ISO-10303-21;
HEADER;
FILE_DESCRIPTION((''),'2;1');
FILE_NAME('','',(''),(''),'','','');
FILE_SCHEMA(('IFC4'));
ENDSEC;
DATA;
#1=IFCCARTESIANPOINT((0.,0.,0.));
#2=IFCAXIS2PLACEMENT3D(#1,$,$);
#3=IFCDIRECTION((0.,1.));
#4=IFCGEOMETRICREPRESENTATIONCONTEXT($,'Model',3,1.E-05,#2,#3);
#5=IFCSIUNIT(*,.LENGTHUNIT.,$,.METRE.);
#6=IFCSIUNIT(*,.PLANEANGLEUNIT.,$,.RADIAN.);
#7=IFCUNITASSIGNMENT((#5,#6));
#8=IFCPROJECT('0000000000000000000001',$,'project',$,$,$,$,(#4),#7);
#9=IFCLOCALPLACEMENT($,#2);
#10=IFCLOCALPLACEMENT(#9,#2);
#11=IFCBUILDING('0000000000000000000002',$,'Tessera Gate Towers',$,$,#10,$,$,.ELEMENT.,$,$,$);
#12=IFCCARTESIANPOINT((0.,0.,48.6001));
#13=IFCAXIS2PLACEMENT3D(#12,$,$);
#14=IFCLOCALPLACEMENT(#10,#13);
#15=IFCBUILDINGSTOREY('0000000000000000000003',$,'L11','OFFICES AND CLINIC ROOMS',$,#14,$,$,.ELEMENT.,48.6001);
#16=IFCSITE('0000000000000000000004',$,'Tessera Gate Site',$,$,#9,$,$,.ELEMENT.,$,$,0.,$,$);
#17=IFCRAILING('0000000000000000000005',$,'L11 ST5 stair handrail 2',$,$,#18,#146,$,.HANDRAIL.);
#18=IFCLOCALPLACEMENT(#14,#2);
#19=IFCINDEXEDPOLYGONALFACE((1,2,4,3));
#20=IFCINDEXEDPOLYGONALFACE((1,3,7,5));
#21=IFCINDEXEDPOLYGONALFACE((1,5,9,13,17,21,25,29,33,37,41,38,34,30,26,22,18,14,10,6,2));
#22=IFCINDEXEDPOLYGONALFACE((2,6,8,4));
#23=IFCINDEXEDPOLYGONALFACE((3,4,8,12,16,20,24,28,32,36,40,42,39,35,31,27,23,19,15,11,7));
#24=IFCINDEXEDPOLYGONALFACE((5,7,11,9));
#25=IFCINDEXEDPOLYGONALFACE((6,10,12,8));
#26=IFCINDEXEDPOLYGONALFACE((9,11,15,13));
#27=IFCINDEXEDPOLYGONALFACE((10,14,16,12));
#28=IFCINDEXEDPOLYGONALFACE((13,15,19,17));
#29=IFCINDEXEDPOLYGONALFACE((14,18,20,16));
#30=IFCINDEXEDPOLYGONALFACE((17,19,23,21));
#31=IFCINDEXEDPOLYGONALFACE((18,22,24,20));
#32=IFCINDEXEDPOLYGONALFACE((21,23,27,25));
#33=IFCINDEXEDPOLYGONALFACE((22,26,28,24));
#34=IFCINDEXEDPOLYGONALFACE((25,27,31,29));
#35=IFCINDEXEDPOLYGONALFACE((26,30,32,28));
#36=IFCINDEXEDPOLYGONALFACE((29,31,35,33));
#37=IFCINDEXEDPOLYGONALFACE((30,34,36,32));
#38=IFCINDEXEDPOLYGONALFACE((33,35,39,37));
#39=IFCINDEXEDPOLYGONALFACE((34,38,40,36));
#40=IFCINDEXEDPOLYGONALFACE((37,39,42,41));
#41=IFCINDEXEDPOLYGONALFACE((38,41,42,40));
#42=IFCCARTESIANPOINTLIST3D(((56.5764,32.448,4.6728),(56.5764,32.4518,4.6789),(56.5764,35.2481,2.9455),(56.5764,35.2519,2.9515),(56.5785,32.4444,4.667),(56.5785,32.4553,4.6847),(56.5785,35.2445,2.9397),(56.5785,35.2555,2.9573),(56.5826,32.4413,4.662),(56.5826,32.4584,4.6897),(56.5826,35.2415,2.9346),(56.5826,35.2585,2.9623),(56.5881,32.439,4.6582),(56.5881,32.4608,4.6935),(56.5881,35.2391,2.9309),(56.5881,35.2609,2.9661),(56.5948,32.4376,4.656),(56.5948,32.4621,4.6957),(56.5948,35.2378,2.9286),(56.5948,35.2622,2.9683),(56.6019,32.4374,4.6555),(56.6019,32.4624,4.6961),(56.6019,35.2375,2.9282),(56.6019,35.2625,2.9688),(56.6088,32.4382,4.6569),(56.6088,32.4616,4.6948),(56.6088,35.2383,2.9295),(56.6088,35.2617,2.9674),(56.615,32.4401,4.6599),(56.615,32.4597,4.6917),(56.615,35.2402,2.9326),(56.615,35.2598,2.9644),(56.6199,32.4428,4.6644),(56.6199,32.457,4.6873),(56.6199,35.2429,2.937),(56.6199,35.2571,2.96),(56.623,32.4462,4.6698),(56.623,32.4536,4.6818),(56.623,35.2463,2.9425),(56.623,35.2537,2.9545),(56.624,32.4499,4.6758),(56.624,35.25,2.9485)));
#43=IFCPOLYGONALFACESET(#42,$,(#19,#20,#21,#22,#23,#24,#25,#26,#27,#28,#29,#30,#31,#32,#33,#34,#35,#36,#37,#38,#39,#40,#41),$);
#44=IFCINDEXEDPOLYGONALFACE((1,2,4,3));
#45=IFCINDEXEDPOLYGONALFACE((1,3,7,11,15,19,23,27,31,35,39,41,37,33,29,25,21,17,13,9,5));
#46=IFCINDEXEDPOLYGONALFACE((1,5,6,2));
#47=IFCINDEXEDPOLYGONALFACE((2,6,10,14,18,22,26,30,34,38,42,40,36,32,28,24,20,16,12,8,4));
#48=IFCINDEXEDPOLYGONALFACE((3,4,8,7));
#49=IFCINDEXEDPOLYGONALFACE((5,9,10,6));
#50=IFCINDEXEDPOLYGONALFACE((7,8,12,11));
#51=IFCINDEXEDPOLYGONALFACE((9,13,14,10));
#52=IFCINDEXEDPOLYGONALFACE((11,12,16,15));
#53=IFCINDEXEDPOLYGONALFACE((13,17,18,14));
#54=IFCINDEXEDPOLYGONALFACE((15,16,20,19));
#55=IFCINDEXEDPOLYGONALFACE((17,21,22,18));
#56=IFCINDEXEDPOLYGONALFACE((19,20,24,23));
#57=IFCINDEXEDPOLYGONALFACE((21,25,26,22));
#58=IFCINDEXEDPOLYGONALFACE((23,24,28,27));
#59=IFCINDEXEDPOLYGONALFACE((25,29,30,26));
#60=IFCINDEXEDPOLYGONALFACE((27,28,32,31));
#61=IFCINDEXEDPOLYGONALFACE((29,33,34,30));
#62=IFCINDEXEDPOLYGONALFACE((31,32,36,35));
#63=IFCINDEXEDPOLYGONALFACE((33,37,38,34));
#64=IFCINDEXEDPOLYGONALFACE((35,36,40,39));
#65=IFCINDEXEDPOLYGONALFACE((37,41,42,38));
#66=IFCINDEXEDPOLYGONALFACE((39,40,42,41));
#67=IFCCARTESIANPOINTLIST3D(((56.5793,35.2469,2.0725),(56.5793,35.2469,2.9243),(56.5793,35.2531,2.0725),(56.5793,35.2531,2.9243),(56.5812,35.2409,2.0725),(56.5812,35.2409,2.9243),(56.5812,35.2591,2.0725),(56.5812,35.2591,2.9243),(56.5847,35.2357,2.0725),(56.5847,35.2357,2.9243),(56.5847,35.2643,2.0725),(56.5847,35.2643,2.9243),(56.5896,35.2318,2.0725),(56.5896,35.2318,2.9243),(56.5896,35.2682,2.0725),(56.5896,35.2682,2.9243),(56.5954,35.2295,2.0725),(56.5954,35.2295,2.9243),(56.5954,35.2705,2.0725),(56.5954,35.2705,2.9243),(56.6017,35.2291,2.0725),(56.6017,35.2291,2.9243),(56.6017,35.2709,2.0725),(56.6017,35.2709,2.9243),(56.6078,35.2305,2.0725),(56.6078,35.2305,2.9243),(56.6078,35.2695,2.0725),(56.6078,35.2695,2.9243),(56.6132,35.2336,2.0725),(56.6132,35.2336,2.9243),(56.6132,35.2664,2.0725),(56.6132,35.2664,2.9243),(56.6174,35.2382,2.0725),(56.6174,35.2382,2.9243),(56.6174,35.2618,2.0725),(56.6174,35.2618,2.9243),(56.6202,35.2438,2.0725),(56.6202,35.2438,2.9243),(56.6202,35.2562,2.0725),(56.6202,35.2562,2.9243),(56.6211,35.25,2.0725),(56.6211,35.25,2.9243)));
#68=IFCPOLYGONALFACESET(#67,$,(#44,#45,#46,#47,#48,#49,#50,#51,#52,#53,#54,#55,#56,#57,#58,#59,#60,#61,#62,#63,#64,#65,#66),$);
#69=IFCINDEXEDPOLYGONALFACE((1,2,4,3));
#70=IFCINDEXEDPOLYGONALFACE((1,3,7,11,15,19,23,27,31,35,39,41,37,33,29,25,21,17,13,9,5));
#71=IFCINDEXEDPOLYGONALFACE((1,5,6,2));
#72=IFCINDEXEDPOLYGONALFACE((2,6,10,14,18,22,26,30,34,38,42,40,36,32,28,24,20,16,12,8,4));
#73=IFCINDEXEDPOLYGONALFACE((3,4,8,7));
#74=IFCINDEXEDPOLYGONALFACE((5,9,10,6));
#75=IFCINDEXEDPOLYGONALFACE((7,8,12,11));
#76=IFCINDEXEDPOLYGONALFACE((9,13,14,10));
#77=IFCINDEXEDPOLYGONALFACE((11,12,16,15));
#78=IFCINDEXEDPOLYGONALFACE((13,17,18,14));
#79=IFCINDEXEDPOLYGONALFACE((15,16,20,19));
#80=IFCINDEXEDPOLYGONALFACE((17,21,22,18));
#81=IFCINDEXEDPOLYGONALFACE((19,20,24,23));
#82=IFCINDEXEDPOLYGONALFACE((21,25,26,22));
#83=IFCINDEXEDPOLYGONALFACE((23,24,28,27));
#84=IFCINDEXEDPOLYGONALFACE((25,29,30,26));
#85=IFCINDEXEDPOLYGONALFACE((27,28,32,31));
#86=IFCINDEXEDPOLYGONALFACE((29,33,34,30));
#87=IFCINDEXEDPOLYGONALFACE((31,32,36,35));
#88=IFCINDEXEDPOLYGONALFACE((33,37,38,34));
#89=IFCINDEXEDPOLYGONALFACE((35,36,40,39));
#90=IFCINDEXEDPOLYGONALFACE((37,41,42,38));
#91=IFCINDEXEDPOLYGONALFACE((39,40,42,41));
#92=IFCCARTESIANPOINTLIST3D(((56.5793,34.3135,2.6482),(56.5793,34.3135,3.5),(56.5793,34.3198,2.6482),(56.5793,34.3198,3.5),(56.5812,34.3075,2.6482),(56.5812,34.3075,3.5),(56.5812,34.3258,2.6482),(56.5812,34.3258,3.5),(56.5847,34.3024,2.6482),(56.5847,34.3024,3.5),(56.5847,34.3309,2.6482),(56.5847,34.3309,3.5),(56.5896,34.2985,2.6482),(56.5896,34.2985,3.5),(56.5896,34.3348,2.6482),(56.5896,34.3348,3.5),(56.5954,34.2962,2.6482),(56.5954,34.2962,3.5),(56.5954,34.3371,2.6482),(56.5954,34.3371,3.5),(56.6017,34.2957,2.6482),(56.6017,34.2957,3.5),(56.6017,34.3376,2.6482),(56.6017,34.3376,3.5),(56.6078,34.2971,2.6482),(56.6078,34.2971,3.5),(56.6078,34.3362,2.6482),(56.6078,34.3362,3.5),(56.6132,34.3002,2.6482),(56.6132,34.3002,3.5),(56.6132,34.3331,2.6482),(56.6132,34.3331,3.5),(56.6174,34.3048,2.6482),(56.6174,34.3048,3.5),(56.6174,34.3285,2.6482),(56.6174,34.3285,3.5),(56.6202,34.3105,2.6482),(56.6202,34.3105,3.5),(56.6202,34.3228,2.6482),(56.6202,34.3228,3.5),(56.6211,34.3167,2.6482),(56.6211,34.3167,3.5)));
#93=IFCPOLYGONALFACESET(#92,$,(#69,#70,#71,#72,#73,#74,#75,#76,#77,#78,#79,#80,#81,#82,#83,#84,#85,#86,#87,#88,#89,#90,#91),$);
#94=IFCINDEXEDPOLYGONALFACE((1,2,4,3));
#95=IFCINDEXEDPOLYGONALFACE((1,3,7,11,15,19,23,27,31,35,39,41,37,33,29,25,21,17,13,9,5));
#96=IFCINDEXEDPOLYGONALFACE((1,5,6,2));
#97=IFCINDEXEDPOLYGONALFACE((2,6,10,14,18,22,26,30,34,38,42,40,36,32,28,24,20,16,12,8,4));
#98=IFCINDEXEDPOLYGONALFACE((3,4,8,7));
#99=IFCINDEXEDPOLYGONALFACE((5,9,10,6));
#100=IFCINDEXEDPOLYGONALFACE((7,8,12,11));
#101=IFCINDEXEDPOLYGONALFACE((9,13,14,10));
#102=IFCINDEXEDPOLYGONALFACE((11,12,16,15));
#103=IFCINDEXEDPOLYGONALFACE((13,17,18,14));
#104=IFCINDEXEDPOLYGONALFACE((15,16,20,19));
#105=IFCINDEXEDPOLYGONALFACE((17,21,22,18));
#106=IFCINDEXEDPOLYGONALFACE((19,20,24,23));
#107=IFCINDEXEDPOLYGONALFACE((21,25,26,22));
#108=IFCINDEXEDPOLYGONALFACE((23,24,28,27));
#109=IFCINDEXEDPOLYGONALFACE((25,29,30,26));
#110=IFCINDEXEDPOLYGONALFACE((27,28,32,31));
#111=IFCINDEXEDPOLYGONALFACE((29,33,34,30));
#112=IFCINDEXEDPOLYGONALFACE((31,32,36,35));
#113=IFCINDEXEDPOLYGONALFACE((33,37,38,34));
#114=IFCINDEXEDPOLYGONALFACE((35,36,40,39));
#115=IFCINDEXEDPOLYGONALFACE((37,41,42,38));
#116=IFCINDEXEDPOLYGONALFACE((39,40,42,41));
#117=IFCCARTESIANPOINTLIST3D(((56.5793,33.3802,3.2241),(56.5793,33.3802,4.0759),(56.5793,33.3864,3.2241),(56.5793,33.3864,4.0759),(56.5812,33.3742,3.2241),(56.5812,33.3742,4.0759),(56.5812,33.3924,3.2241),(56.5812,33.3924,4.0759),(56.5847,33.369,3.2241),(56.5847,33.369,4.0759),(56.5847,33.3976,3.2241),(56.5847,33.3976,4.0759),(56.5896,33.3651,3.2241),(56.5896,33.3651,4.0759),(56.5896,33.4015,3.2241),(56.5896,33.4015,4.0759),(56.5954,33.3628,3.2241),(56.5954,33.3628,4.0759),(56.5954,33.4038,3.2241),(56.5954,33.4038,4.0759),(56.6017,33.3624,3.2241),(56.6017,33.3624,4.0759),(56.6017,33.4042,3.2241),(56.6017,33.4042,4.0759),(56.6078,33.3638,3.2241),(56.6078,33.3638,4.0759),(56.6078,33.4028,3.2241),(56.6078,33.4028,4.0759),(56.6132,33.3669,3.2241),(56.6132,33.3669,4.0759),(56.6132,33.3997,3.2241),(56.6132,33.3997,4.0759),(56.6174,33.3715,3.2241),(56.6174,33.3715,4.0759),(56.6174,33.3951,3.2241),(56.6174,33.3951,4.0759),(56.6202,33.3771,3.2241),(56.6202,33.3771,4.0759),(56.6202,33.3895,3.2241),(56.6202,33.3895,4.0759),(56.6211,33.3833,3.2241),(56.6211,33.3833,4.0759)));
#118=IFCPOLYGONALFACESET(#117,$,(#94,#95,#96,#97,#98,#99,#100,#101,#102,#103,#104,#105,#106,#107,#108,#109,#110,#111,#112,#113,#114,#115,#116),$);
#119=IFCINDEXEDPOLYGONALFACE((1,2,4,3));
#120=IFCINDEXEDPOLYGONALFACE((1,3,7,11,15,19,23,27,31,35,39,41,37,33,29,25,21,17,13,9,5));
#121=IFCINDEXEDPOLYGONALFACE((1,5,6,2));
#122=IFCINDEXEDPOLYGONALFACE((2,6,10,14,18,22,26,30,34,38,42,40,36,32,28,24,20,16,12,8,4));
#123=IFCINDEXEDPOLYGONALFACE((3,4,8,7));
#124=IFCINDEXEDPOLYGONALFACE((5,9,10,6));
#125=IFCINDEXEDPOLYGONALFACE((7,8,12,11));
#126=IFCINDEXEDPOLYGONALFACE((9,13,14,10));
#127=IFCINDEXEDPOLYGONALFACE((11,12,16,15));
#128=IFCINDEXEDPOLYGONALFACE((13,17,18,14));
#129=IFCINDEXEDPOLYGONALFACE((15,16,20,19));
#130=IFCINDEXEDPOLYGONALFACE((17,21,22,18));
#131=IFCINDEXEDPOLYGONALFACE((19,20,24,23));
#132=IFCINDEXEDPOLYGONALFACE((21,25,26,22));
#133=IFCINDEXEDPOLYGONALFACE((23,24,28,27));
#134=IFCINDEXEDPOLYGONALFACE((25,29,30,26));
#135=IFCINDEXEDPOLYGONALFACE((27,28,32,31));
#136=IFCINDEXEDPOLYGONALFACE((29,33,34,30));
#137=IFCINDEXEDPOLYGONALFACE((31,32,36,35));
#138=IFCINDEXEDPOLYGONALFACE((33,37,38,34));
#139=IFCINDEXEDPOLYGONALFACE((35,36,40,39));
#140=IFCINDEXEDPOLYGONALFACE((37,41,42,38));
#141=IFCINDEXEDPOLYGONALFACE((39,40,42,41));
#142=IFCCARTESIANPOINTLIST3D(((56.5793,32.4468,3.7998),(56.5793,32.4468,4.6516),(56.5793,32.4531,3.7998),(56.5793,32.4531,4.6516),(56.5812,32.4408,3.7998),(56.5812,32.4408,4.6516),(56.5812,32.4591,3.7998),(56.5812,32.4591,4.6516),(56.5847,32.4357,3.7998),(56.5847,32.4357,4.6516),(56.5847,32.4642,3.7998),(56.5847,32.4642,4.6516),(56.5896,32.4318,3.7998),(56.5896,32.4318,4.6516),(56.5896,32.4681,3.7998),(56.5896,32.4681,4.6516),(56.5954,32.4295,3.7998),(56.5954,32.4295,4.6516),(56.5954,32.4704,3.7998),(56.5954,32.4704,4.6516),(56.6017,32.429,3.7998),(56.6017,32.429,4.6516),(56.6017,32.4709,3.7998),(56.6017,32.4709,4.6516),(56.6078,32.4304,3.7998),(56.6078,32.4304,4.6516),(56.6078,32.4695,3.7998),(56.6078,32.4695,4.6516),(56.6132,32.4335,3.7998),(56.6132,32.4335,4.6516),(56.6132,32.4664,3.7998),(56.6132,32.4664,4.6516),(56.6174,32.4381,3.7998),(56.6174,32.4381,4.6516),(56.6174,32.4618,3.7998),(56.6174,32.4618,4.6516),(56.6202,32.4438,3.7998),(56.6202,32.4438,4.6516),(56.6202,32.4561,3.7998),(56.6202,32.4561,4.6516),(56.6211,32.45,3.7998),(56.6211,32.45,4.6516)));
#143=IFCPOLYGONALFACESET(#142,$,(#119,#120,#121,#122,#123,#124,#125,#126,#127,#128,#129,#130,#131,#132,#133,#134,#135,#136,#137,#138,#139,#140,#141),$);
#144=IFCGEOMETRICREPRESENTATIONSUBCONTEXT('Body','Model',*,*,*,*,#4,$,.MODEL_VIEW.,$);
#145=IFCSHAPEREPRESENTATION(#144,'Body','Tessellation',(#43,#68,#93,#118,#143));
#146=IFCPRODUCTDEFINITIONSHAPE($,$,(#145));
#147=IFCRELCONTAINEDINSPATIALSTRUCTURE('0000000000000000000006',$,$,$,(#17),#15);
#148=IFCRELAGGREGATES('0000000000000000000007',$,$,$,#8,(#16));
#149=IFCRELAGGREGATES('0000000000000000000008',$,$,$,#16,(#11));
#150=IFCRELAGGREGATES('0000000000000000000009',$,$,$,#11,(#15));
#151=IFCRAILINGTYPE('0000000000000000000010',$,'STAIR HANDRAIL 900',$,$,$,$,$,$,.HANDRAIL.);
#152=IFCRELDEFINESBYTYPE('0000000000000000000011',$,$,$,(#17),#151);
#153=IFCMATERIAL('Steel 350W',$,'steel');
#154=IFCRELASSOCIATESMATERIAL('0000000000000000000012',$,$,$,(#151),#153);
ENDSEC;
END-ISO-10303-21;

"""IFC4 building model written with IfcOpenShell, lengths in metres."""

from ifc_helpers import new_model, si_unit, direction, frame, origin, origin_2d, place, context, subcontext, project, spatial, circle, extrude, material, type_object, element, save


model = new_model("IFC4")

# Units and contexts
model_context = context("Model", 3, precision=1e-05, world=origin(), true_north=direction((0.0, 1.0)))
body_context = subcontext(model_context, "Body", "Model", "MODEL_VIEW")
ifc_project = project(units=[si_unit("LENGTHUNIT", "METRE"), si_unit("PLANEANGLEUNIT", "RADIAN")], contexts=[model_context])

# Site, building, storey
site_placement = place(None, origin())
site = spatial("IfcSite", under=ifc_project, at=site_placement, Name="Tessera Gate Site", CompositionType="ELEMENT", RefElevation=0.0)
building_placement = place(site_placement, origin())
building = spatial("IfcBuilding", under=site, at=building_placement, Name="Tessera Gate Towers", CompositionType="ELEMENT")
storey_placement = place(building_placement, frame((0.0, 0.0, 48.6001)))
storey = spatial("IfcBuildingStorey", under=building, at=storey_placement, Name="L11", Description="OFFICES AND CLINIC ROOMS", CompositionType="ELEMENT", Elevation=48.6001)

# Railing
ifc_material_1 = material(Name="Steel 350W", Category="steel")
railing_type_1 = type_object("IfcRailingType", Name="STAIR HANDRAIL 900", PredefinedType="HANDRAIL", material=ifc_material_1)
railing_1_placement = place(storey_placement, frame((56.6001, 35.25, 2.0725)))
element("IfcRailing", 1, at=railing_1_placement, inside=storey, type_object=railing_type_1, Name="L11 ST5 stair handrail 2", PredefinedType="HANDRAIL", context=body_context, shape_type="SweptSolid", body=[
    extrude(circle(Radius=0.0239, at=origin_2d()), frame((0.0, 0.0, 0.876), z_axis=(0.0, -0.85109, 0.52502), x_axis=(1.0, 0.0, 0.0)), (0.0, 0.0, 1.0), 3.29),
    extrude(circle(Radius=0.021, at=origin_2d()), origin(), (0.0, 0.0, 1.0), 0.8518),
    extrude(circle(Radius=0.021, at=origin_2d()), frame((0.0, -0.9333, 0.5757)), (0.0, 0.0, 1.0), 0.8518),
    extrude(circle(Radius=0.021, at=origin_2d()), frame((0.0, -1.8667, 1.1516)), (0.0, 0.0, 1.0), 0.8518),
    extrude(circle(Radius=0.021, at=origin_2d()), frame((0.0, -2.8, 1.7273)), (0.0, 0.0, 1.0), 0.8518),
])

save(model, "model.ifc")
